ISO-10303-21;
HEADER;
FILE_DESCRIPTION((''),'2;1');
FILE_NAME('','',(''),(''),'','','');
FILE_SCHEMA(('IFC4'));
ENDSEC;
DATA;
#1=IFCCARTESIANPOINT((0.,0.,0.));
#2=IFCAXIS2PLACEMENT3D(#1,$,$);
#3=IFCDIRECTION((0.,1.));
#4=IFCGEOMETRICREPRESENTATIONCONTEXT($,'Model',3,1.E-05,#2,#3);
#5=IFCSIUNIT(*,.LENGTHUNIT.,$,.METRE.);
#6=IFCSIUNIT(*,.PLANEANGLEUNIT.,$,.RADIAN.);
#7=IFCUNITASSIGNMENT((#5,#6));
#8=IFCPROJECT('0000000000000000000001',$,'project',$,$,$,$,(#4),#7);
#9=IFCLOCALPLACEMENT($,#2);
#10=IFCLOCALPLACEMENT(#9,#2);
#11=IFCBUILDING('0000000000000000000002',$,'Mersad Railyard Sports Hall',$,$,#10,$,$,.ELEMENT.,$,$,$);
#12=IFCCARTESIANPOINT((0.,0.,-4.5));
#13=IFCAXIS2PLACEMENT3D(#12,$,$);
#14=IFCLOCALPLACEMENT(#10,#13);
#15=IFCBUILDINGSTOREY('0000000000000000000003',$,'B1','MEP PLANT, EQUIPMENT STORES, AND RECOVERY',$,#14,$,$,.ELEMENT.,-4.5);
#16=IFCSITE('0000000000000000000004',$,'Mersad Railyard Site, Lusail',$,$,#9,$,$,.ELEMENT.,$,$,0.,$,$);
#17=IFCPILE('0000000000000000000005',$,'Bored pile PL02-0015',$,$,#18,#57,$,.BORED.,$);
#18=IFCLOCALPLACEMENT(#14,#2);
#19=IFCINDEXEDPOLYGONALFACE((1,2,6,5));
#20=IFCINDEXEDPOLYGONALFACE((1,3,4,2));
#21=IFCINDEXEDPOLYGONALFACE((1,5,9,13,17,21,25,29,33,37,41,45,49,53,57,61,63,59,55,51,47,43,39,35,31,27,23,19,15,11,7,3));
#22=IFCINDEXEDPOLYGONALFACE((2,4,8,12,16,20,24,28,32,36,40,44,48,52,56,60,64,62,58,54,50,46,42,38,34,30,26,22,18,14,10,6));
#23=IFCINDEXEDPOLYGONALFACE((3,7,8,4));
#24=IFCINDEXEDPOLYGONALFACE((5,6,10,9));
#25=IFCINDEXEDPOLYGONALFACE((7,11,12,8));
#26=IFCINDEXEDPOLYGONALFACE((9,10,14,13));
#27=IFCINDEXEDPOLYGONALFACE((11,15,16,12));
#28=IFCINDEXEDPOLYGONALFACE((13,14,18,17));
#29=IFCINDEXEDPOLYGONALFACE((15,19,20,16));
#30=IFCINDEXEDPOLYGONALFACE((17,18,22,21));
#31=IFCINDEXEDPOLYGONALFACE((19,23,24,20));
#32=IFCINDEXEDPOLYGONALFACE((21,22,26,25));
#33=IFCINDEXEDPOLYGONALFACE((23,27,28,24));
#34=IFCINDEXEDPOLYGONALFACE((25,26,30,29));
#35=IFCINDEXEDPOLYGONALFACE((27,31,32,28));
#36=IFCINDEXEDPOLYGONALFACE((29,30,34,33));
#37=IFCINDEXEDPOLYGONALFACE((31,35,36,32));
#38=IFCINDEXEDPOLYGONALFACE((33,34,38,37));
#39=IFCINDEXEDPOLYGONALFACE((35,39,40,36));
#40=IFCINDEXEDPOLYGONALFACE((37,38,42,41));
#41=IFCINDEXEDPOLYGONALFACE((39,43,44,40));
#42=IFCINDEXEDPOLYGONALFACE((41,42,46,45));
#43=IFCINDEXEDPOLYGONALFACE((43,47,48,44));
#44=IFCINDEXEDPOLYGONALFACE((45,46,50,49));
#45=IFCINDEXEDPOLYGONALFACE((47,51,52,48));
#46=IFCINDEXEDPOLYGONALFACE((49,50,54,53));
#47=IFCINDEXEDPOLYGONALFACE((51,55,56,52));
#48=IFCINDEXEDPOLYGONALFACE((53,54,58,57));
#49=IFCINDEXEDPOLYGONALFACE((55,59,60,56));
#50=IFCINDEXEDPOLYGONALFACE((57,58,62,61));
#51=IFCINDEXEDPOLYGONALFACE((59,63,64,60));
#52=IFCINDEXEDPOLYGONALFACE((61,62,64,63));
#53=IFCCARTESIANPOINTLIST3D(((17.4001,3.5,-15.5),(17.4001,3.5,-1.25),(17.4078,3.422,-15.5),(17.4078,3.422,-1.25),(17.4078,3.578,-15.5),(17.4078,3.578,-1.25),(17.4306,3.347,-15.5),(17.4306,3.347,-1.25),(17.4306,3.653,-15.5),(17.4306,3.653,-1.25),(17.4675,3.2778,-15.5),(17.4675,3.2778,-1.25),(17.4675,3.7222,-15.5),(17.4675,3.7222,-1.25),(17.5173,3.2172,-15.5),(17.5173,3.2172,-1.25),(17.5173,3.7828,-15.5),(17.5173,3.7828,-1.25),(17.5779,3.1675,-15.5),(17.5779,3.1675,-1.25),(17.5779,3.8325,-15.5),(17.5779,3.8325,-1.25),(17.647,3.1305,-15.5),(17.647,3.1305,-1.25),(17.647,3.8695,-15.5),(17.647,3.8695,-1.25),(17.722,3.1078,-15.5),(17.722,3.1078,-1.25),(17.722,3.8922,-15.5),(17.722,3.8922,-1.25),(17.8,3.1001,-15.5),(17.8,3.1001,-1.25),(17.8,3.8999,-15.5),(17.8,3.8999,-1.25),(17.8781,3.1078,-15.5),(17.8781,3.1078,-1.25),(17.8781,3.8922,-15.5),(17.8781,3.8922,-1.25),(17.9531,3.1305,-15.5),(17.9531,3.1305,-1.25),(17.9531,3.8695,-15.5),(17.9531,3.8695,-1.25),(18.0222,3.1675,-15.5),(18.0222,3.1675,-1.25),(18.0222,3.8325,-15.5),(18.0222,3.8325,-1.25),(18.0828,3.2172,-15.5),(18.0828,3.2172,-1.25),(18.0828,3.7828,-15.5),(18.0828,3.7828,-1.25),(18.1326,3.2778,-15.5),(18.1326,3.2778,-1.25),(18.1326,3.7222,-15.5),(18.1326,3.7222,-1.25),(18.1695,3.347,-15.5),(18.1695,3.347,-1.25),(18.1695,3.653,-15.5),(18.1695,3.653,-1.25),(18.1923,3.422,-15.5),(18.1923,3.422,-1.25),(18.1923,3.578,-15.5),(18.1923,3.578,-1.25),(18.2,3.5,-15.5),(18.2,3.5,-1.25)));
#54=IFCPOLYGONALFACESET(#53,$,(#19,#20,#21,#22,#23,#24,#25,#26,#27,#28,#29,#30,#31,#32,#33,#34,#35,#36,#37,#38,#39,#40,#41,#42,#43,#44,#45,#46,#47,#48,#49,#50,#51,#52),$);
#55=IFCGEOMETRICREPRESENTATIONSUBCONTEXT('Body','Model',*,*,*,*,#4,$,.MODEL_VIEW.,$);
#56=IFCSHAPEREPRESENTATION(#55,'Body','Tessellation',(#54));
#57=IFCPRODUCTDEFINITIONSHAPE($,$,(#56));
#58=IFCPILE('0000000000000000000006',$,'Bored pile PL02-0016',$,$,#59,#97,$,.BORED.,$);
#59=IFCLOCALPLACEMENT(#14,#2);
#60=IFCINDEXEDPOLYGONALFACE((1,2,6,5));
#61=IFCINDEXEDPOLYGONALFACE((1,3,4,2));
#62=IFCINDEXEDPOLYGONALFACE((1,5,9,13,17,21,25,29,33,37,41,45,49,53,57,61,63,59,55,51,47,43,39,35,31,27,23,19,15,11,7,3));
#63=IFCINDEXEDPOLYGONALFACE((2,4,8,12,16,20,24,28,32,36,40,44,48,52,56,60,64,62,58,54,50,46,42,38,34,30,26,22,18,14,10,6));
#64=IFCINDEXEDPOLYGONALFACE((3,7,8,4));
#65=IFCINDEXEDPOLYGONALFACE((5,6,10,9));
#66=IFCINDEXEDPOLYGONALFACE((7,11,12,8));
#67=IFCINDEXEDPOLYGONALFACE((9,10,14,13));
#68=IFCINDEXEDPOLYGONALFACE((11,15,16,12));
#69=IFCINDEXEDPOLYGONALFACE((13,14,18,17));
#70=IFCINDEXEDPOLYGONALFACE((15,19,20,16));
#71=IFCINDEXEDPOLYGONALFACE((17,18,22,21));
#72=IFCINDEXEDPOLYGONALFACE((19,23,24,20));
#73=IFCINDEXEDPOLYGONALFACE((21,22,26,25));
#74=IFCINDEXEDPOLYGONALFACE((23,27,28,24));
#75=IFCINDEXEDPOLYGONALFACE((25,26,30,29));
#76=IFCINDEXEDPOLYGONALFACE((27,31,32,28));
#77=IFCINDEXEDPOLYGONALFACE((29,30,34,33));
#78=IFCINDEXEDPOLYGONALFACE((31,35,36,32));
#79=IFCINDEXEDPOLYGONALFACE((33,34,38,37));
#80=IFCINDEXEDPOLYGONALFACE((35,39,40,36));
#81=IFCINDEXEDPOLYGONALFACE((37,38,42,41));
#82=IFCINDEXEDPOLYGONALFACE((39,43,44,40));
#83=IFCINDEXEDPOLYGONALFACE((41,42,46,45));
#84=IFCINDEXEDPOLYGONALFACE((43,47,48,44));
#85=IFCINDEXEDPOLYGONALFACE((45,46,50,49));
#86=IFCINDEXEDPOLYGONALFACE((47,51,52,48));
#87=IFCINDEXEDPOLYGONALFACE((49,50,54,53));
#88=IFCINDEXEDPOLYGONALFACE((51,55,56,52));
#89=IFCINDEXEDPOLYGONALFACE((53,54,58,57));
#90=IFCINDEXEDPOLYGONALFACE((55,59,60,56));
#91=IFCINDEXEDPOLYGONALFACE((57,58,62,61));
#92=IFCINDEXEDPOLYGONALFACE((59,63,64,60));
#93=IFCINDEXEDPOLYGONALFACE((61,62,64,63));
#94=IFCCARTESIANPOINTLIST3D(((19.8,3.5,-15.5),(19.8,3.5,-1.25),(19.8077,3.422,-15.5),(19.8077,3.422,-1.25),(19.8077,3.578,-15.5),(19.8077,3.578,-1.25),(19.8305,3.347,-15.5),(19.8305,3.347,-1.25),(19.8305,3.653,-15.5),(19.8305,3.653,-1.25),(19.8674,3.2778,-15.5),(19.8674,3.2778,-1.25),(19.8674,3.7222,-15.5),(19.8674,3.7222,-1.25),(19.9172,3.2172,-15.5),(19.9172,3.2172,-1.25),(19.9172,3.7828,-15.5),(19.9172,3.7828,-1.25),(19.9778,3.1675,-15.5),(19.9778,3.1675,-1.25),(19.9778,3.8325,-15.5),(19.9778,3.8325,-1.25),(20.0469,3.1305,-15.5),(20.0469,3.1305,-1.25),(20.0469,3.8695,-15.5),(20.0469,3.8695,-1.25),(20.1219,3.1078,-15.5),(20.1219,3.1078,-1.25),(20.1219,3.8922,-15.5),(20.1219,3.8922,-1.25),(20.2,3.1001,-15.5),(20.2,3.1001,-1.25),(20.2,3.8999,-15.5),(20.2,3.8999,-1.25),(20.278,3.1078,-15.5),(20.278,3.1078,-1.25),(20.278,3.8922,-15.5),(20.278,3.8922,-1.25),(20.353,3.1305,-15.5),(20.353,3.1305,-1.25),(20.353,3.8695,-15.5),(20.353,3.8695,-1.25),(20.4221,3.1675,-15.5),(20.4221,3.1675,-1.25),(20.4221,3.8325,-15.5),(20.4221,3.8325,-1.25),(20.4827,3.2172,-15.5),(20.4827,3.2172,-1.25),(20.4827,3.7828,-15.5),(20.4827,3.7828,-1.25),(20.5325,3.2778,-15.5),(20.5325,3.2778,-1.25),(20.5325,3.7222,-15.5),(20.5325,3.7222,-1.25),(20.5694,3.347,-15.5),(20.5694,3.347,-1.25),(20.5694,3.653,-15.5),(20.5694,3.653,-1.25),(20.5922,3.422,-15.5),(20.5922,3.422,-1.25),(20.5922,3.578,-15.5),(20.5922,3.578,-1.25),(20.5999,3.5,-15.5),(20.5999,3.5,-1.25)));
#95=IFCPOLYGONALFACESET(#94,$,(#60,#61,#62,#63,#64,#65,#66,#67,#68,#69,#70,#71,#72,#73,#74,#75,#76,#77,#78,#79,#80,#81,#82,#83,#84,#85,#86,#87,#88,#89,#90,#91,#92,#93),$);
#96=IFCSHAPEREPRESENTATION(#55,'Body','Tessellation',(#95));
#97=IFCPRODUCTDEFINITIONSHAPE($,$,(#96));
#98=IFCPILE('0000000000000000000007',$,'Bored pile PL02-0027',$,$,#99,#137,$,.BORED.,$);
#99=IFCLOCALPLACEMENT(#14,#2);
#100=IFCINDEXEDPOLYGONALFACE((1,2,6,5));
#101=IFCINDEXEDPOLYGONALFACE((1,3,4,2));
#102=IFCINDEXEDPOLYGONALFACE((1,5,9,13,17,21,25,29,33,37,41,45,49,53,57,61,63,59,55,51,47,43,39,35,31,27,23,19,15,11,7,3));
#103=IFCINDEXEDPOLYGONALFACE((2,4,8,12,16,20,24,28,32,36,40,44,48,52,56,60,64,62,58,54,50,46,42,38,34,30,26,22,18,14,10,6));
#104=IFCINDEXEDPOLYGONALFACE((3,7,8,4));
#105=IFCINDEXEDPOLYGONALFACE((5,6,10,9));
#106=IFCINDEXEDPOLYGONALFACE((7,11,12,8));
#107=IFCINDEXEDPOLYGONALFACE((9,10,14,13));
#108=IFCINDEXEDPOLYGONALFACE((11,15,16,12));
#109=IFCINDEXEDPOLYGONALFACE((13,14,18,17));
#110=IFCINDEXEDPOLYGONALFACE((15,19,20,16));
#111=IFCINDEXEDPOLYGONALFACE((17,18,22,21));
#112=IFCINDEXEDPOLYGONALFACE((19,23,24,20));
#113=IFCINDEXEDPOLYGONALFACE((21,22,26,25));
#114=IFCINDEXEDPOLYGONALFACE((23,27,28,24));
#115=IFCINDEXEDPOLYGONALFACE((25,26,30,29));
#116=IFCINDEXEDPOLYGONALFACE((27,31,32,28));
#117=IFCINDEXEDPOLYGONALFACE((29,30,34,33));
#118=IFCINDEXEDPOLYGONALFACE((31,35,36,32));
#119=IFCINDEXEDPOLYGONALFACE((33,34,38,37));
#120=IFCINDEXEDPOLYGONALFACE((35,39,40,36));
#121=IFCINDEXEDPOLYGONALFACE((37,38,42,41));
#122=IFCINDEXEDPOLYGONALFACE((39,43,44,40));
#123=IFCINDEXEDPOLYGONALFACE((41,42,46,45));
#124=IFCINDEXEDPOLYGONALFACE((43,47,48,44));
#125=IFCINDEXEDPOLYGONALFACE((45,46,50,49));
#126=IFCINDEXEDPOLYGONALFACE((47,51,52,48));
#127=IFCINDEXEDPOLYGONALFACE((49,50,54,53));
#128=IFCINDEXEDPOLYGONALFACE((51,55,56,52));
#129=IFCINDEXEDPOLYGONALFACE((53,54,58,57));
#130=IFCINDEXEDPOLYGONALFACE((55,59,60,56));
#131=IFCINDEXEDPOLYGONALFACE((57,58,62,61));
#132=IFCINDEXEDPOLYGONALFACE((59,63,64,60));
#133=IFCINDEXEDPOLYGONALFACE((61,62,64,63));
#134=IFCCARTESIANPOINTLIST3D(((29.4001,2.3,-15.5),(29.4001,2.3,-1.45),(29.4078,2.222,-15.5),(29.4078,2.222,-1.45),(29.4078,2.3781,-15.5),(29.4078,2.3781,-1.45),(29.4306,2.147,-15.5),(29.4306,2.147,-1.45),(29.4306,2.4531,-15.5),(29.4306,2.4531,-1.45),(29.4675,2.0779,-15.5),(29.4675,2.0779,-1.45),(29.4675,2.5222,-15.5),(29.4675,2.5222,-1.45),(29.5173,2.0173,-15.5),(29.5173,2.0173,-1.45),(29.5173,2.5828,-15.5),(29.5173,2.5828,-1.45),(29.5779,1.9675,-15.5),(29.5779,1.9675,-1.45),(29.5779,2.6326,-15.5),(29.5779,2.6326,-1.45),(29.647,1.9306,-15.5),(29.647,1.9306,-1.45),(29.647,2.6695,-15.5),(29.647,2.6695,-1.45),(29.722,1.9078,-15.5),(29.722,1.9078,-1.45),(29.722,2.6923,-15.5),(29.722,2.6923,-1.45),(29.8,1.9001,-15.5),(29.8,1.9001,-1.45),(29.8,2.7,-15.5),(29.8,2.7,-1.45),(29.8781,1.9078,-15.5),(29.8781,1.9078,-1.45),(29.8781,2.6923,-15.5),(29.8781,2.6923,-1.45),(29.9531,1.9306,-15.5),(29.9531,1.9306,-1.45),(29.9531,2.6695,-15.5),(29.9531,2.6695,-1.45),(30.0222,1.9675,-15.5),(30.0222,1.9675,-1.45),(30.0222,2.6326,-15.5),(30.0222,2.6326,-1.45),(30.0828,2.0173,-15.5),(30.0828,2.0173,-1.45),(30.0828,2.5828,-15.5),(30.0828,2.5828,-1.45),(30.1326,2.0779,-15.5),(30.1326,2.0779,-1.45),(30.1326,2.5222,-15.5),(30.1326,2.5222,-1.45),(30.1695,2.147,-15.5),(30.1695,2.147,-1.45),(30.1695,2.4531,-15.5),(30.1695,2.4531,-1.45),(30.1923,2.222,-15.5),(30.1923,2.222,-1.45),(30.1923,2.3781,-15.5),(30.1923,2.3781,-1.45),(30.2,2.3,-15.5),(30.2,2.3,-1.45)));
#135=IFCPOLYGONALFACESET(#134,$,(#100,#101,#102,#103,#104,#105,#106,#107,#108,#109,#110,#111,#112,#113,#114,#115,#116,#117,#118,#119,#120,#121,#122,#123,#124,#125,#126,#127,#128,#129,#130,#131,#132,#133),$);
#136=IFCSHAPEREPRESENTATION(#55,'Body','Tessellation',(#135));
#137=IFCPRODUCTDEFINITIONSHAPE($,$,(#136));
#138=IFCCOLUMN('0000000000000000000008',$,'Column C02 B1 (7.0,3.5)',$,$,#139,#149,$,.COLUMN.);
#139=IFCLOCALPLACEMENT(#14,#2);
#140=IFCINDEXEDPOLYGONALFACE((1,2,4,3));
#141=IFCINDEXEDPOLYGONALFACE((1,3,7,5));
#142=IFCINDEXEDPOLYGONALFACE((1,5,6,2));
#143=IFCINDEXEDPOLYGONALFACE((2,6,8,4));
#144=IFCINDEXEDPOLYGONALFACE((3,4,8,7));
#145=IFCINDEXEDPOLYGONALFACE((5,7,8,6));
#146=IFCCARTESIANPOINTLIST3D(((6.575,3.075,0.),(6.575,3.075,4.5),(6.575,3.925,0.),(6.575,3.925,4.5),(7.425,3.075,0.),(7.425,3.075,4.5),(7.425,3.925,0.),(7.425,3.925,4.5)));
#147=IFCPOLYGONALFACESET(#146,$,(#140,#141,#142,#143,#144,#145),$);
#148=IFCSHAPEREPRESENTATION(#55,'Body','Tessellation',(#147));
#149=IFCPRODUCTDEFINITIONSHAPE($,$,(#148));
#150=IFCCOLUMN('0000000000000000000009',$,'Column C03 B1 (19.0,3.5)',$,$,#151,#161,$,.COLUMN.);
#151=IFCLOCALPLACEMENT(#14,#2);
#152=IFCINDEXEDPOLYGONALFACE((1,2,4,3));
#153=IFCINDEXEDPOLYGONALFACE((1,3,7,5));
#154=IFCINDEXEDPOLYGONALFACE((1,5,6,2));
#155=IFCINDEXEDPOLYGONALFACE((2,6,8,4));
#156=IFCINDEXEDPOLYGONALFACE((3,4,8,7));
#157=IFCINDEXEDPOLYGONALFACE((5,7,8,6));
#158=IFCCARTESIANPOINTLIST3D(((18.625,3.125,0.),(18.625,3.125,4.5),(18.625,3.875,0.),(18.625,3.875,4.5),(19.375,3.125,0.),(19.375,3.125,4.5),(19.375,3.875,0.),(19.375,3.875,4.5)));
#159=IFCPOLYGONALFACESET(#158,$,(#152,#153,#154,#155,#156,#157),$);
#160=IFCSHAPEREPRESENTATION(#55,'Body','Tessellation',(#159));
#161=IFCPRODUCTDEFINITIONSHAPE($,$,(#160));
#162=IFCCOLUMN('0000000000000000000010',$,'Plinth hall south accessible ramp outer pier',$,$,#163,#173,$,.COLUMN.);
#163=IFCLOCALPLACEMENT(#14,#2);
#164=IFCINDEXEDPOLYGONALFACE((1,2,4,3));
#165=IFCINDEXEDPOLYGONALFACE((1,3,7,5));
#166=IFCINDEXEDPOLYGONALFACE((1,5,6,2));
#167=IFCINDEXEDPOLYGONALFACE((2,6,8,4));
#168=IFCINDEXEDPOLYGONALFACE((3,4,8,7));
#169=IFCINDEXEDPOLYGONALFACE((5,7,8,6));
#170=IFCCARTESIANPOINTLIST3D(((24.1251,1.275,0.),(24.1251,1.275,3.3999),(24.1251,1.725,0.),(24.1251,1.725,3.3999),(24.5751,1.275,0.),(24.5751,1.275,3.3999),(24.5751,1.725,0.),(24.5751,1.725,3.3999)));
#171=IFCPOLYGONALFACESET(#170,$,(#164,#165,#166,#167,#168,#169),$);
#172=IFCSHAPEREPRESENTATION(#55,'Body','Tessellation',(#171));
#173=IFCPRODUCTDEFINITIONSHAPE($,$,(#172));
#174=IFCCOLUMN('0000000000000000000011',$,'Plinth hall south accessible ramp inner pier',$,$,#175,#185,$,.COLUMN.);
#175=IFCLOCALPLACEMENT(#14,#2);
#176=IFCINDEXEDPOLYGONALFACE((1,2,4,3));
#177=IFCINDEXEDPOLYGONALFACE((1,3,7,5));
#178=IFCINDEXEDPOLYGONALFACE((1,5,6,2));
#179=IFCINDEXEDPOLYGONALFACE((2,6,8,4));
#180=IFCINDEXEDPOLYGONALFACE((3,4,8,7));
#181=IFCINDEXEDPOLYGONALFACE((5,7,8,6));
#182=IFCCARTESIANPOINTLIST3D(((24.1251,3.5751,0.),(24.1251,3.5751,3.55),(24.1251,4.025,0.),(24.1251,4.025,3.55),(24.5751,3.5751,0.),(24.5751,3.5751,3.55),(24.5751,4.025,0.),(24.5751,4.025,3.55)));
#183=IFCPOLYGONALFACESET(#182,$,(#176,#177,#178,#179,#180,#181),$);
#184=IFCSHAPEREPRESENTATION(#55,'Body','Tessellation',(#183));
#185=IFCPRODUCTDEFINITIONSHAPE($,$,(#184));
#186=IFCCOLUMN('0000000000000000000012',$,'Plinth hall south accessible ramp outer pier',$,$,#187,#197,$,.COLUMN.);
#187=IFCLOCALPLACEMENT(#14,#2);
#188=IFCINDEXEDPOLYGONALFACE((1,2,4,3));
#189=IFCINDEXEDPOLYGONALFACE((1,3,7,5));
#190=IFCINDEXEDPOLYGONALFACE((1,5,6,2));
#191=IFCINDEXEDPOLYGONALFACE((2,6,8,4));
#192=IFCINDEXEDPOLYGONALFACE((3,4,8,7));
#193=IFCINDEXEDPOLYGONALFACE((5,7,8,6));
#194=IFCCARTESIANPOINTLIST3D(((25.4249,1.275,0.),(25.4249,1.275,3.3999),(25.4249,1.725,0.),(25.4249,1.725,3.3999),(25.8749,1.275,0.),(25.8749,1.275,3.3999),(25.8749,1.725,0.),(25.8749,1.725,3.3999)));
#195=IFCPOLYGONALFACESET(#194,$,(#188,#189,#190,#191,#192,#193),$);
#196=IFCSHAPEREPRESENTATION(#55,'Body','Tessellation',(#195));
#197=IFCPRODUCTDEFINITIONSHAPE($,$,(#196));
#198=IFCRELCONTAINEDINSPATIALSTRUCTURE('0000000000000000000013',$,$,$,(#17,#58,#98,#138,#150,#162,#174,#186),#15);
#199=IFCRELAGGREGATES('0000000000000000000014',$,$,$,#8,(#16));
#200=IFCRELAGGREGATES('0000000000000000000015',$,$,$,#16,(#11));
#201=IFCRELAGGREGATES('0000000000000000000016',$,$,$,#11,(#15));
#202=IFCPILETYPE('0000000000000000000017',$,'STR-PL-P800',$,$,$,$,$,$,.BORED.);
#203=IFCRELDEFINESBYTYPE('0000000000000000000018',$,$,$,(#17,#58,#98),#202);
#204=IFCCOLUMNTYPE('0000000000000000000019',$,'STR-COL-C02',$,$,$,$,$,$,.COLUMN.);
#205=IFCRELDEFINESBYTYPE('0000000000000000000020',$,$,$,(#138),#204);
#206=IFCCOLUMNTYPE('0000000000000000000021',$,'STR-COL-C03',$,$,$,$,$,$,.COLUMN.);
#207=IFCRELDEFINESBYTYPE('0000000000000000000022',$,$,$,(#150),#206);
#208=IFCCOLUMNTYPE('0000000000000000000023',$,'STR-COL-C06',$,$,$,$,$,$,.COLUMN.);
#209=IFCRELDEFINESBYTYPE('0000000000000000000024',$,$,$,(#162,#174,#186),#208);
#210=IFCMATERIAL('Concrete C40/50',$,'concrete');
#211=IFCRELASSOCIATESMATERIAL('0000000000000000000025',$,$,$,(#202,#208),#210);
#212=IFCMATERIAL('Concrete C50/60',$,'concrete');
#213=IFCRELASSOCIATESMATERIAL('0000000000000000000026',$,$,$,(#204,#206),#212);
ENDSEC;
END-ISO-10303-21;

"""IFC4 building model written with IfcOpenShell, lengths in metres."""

from ifc_helpers import new_model, si_unit, direction, frame, origin, origin_2d, place, context, subcontext, project, spatial, rectangle, circle, extrude, material, material_profile, profile_set, type_object, element, save


model = new_model("IFC4")

# Units and contexts
model_context = context("Model", 3, precision=1e-05, world=origin(), true_north=direction((0.0, 1.0)))
body_context = subcontext(model_context, "Body", "Model", "MODEL_VIEW")
ifc_project = project(units=[si_unit("LENGTHUNIT", "METRE"), si_unit("PLANEANGLEUNIT", "RADIAN")], contexts=[model_context])

# Site, building, storey
site_placement = place(None, origin())
site = spatial("IfcSite", under=ifc_project, at=site_placement, Name="Mersad Railyard Site, Lusail", CompositionType="ELEMENT", RefElevation=0.0)
building_placement = place(site_placement, origin())
building = spatial("IfcBuilding", under=site, at=building_placement, Name="Mersad Railyard Sports Hall", CompositionType="ELEMENT")
storey_placement = place(building_placement, frame((0.0, 0.0, -4.5)))
storey = spatial("IfcBuildingStorey", under=building, at=storey_placement, Name="B1", Description="MEP PLANT, EQUIPMENT STORES, AND RECOVERY", CompositionType="ELEMENT", Elevation=-4.5)

# Shared definitions
ifc_material_1 = material(Name="Concrete C40/50", Category="concrete")

# Piles
ifc_material_profile_1 = material_profile(ifc_material_1, circle(Radius=0.3999, at=origin_2d()), Name="BORED PILE D800")
ifc_profile_set_1 = profile_set([ifc_material_profile_1], Name="Concrete C40/50")
pile_type_1 = type_object("IfcPileType", Name="STR-PL-P800", PredefinedType="BORED", material=ifc_profile_set_1)
for number, where, z_axis, x_axis, name in (
    (1, (17.8, 3.5, -1.25), (0.0, 0.0, -1.0), (1.0, 0.0, 0.0), "Bored pile PL02-0015"),
    (2, (20.2, 3.5, -1.25), (0.0, 0.0, -1.0), (1.0, 0.0, 0.0), "Bored pile PL02-0016"),
):
    element("IfcPile", number, at=place(storey_placement, frame(where, z_axis=z_axis, x_axis=x_axis)), inside=storey, type_object=pile_type_1, Name=name, PredefinedType="BORED", context=body_context, shape_type="SweptSolid", body=[
        extrude(circle(Radius=0.3999, at=origin_2d()), origin(), (0.0, 0.0, 1.0), 14.25),
    ])
pile_placement = place(storey_placement, frame((29.8, 2.3, -1.45), z_axis=(0.0, 0.0, -1.0), x_axis=(1.0, 0.0, 0.0)))
element("IfcPile", 3, at=pile_placement, inside=storey, type_object=pile_type_1, Name="Bored pile PL02-0027", PredefinedType="BORED", context=body_context, shape_type="SweptSolid", body=[
    extrude(circle(Radius=0.3999, at=origin_2d()), origin(), (0.0, 0.0, 1.0), 14.05),
])

# Columns
ifc_material_2 = material(Name="Concrete C50/60", Category="concrete")
ifc_material_profile_2 = material_profile(ifc_material_2, rectangle(XDim=0.8501, YDim=0.8501, at=origin_2d()), Name="RC 850x850")
ifc_profile_set_2 = profile_set([ifc_material_profile_2], Name="Concrete C50/60")
column_type_1 = type_object("IfcColumnType", Name="STR-COL-C02", PredefinedType="COLUMN", material=ifc_profile_set_2)
column_1_placement = place(storey_placement, frame((7.0, 3.5, 0.0), z_axis=(0.0, 0.0, 1.0), x_axis=(1.0, 0.0, 0.0)))
element("IfcColumn", 4, at=column_1_placement, inside=storey, type_object=column_type_1, Name="Column C02 B1 (7.0,3.5)", PredefinedType="COLUMN", context=body_context, shape_type="SweptSolid", body=[
    extrude(rectangle(XDim=0.8501, YDim=0.8501, at=origin_2d()), origin(), (0.0, 0.0, 1.0), 4.5),
])
ifc_material_profile_3 = material_profile(ifc_material_2, rectangle(XDim=0.75, YDim=0.75, at=origin_2d()), Name="RC 750x750")
ifc_profile_set_3 = profile_set([ifc_material_profile_3], Name="Concrete C50/60")
column_type_2 = type_object("IfcColumnType", Name="STR-COL-C03", PredefinedType="COLUMN", material=ifc_profile_set_3)
column_2_placement = place(storey_placement, frame((19.0, 3.5, 0.0), z_axis=(0.0, 0.0, 1.0), x_axis=(1.0, 0.0, 0.0)))
element("IfcColumn", 5, at=column_2_placement, inside=storey, type_object=column_type_2, Name="Column C03 B1 (19.0,3.5)", PredefinedType="COLUMN", context=body_context, shape_type="SweptSolid", body=[
    extrude(rectangle(XDim=0.75, YDim=0.75, at=origin_2d()), origin(), (0.0, 0.0, 1.0), 4.5),
])
ifc_material_profile_4 = material_profile(ifc_material_1, rectangle(XDim=0.45, YDim=0.45, at=origin_2d()), Name="RC 450x450")
ifc_profile_set_4 = profile_set([ifc_material_profile_4], Name="Concrete C40/50")
column_type_3 = type_object("IfcColumnType", Name="STR-COL-C06", PredefinedType="COLUMN", material=ifc_profile_set_4)
column_3_placement = place(storey_placement, frame((24.3501, 1.5, 0.0), z_axis=(0.0, 0.0, 1.0), x_axis=(1.0, 0.0, 0.0)))
element("IfcColumn", 6, at=column_3_placement, inside=storey, type_object=column_type_3, Name="Plinth hall south accessible ramp outer pier", PredefinedType="COLUMN", context=body_context, shape_type="SweptSolid", body=[
    extrude(rectangle(XDim=0.45, YDim=0.45, at=origin_2d()), origin(), (0.0, 0.0, 1.0), 3.3999),
])
column_4_placement = place(storey_placement, frame((24.3501, 3.8, 0.0), z_axis=(0.0, 0.0, 1.0), x_axis=(1.0, 0.0, 0.0)))
element("IfcColumn", 7, at=column_4_placement, inside=storey, type_object=column_type_3, Name="Plinth hall south accessible ramp inner pier", PredefinedType="COLUMN", context=body_context, shape_type="SweptSolid", body=[
    extrude(rectangle(XDim=0.45, YDim=0.45, at=origin_2d()), origin(), (0.0, 0.0, 1.0), 3.55),
])
column_5_placement = place(storey_placement, frame((25.6499, 1.5, 0.0), z_axis=(0.0, 0.0, 1.0), x_axis=(1.0, 0.0, 0.0)))
element("IfcColumn", 8, at=column_5_placement, inside=storey, type_object=column_type_3, Name="Plinth hall south accessible ramp outer pier", PredefinedType="COLUMN", context=body_context, shape_type="SweptSolid", body=[
    extrude(rectangle(XDim=0.45, YDim=0.45, at=origin_2d()), origin(), (0.0, 0.0, 1.0), 3.3999),
])

save(model, "model.ifc")
